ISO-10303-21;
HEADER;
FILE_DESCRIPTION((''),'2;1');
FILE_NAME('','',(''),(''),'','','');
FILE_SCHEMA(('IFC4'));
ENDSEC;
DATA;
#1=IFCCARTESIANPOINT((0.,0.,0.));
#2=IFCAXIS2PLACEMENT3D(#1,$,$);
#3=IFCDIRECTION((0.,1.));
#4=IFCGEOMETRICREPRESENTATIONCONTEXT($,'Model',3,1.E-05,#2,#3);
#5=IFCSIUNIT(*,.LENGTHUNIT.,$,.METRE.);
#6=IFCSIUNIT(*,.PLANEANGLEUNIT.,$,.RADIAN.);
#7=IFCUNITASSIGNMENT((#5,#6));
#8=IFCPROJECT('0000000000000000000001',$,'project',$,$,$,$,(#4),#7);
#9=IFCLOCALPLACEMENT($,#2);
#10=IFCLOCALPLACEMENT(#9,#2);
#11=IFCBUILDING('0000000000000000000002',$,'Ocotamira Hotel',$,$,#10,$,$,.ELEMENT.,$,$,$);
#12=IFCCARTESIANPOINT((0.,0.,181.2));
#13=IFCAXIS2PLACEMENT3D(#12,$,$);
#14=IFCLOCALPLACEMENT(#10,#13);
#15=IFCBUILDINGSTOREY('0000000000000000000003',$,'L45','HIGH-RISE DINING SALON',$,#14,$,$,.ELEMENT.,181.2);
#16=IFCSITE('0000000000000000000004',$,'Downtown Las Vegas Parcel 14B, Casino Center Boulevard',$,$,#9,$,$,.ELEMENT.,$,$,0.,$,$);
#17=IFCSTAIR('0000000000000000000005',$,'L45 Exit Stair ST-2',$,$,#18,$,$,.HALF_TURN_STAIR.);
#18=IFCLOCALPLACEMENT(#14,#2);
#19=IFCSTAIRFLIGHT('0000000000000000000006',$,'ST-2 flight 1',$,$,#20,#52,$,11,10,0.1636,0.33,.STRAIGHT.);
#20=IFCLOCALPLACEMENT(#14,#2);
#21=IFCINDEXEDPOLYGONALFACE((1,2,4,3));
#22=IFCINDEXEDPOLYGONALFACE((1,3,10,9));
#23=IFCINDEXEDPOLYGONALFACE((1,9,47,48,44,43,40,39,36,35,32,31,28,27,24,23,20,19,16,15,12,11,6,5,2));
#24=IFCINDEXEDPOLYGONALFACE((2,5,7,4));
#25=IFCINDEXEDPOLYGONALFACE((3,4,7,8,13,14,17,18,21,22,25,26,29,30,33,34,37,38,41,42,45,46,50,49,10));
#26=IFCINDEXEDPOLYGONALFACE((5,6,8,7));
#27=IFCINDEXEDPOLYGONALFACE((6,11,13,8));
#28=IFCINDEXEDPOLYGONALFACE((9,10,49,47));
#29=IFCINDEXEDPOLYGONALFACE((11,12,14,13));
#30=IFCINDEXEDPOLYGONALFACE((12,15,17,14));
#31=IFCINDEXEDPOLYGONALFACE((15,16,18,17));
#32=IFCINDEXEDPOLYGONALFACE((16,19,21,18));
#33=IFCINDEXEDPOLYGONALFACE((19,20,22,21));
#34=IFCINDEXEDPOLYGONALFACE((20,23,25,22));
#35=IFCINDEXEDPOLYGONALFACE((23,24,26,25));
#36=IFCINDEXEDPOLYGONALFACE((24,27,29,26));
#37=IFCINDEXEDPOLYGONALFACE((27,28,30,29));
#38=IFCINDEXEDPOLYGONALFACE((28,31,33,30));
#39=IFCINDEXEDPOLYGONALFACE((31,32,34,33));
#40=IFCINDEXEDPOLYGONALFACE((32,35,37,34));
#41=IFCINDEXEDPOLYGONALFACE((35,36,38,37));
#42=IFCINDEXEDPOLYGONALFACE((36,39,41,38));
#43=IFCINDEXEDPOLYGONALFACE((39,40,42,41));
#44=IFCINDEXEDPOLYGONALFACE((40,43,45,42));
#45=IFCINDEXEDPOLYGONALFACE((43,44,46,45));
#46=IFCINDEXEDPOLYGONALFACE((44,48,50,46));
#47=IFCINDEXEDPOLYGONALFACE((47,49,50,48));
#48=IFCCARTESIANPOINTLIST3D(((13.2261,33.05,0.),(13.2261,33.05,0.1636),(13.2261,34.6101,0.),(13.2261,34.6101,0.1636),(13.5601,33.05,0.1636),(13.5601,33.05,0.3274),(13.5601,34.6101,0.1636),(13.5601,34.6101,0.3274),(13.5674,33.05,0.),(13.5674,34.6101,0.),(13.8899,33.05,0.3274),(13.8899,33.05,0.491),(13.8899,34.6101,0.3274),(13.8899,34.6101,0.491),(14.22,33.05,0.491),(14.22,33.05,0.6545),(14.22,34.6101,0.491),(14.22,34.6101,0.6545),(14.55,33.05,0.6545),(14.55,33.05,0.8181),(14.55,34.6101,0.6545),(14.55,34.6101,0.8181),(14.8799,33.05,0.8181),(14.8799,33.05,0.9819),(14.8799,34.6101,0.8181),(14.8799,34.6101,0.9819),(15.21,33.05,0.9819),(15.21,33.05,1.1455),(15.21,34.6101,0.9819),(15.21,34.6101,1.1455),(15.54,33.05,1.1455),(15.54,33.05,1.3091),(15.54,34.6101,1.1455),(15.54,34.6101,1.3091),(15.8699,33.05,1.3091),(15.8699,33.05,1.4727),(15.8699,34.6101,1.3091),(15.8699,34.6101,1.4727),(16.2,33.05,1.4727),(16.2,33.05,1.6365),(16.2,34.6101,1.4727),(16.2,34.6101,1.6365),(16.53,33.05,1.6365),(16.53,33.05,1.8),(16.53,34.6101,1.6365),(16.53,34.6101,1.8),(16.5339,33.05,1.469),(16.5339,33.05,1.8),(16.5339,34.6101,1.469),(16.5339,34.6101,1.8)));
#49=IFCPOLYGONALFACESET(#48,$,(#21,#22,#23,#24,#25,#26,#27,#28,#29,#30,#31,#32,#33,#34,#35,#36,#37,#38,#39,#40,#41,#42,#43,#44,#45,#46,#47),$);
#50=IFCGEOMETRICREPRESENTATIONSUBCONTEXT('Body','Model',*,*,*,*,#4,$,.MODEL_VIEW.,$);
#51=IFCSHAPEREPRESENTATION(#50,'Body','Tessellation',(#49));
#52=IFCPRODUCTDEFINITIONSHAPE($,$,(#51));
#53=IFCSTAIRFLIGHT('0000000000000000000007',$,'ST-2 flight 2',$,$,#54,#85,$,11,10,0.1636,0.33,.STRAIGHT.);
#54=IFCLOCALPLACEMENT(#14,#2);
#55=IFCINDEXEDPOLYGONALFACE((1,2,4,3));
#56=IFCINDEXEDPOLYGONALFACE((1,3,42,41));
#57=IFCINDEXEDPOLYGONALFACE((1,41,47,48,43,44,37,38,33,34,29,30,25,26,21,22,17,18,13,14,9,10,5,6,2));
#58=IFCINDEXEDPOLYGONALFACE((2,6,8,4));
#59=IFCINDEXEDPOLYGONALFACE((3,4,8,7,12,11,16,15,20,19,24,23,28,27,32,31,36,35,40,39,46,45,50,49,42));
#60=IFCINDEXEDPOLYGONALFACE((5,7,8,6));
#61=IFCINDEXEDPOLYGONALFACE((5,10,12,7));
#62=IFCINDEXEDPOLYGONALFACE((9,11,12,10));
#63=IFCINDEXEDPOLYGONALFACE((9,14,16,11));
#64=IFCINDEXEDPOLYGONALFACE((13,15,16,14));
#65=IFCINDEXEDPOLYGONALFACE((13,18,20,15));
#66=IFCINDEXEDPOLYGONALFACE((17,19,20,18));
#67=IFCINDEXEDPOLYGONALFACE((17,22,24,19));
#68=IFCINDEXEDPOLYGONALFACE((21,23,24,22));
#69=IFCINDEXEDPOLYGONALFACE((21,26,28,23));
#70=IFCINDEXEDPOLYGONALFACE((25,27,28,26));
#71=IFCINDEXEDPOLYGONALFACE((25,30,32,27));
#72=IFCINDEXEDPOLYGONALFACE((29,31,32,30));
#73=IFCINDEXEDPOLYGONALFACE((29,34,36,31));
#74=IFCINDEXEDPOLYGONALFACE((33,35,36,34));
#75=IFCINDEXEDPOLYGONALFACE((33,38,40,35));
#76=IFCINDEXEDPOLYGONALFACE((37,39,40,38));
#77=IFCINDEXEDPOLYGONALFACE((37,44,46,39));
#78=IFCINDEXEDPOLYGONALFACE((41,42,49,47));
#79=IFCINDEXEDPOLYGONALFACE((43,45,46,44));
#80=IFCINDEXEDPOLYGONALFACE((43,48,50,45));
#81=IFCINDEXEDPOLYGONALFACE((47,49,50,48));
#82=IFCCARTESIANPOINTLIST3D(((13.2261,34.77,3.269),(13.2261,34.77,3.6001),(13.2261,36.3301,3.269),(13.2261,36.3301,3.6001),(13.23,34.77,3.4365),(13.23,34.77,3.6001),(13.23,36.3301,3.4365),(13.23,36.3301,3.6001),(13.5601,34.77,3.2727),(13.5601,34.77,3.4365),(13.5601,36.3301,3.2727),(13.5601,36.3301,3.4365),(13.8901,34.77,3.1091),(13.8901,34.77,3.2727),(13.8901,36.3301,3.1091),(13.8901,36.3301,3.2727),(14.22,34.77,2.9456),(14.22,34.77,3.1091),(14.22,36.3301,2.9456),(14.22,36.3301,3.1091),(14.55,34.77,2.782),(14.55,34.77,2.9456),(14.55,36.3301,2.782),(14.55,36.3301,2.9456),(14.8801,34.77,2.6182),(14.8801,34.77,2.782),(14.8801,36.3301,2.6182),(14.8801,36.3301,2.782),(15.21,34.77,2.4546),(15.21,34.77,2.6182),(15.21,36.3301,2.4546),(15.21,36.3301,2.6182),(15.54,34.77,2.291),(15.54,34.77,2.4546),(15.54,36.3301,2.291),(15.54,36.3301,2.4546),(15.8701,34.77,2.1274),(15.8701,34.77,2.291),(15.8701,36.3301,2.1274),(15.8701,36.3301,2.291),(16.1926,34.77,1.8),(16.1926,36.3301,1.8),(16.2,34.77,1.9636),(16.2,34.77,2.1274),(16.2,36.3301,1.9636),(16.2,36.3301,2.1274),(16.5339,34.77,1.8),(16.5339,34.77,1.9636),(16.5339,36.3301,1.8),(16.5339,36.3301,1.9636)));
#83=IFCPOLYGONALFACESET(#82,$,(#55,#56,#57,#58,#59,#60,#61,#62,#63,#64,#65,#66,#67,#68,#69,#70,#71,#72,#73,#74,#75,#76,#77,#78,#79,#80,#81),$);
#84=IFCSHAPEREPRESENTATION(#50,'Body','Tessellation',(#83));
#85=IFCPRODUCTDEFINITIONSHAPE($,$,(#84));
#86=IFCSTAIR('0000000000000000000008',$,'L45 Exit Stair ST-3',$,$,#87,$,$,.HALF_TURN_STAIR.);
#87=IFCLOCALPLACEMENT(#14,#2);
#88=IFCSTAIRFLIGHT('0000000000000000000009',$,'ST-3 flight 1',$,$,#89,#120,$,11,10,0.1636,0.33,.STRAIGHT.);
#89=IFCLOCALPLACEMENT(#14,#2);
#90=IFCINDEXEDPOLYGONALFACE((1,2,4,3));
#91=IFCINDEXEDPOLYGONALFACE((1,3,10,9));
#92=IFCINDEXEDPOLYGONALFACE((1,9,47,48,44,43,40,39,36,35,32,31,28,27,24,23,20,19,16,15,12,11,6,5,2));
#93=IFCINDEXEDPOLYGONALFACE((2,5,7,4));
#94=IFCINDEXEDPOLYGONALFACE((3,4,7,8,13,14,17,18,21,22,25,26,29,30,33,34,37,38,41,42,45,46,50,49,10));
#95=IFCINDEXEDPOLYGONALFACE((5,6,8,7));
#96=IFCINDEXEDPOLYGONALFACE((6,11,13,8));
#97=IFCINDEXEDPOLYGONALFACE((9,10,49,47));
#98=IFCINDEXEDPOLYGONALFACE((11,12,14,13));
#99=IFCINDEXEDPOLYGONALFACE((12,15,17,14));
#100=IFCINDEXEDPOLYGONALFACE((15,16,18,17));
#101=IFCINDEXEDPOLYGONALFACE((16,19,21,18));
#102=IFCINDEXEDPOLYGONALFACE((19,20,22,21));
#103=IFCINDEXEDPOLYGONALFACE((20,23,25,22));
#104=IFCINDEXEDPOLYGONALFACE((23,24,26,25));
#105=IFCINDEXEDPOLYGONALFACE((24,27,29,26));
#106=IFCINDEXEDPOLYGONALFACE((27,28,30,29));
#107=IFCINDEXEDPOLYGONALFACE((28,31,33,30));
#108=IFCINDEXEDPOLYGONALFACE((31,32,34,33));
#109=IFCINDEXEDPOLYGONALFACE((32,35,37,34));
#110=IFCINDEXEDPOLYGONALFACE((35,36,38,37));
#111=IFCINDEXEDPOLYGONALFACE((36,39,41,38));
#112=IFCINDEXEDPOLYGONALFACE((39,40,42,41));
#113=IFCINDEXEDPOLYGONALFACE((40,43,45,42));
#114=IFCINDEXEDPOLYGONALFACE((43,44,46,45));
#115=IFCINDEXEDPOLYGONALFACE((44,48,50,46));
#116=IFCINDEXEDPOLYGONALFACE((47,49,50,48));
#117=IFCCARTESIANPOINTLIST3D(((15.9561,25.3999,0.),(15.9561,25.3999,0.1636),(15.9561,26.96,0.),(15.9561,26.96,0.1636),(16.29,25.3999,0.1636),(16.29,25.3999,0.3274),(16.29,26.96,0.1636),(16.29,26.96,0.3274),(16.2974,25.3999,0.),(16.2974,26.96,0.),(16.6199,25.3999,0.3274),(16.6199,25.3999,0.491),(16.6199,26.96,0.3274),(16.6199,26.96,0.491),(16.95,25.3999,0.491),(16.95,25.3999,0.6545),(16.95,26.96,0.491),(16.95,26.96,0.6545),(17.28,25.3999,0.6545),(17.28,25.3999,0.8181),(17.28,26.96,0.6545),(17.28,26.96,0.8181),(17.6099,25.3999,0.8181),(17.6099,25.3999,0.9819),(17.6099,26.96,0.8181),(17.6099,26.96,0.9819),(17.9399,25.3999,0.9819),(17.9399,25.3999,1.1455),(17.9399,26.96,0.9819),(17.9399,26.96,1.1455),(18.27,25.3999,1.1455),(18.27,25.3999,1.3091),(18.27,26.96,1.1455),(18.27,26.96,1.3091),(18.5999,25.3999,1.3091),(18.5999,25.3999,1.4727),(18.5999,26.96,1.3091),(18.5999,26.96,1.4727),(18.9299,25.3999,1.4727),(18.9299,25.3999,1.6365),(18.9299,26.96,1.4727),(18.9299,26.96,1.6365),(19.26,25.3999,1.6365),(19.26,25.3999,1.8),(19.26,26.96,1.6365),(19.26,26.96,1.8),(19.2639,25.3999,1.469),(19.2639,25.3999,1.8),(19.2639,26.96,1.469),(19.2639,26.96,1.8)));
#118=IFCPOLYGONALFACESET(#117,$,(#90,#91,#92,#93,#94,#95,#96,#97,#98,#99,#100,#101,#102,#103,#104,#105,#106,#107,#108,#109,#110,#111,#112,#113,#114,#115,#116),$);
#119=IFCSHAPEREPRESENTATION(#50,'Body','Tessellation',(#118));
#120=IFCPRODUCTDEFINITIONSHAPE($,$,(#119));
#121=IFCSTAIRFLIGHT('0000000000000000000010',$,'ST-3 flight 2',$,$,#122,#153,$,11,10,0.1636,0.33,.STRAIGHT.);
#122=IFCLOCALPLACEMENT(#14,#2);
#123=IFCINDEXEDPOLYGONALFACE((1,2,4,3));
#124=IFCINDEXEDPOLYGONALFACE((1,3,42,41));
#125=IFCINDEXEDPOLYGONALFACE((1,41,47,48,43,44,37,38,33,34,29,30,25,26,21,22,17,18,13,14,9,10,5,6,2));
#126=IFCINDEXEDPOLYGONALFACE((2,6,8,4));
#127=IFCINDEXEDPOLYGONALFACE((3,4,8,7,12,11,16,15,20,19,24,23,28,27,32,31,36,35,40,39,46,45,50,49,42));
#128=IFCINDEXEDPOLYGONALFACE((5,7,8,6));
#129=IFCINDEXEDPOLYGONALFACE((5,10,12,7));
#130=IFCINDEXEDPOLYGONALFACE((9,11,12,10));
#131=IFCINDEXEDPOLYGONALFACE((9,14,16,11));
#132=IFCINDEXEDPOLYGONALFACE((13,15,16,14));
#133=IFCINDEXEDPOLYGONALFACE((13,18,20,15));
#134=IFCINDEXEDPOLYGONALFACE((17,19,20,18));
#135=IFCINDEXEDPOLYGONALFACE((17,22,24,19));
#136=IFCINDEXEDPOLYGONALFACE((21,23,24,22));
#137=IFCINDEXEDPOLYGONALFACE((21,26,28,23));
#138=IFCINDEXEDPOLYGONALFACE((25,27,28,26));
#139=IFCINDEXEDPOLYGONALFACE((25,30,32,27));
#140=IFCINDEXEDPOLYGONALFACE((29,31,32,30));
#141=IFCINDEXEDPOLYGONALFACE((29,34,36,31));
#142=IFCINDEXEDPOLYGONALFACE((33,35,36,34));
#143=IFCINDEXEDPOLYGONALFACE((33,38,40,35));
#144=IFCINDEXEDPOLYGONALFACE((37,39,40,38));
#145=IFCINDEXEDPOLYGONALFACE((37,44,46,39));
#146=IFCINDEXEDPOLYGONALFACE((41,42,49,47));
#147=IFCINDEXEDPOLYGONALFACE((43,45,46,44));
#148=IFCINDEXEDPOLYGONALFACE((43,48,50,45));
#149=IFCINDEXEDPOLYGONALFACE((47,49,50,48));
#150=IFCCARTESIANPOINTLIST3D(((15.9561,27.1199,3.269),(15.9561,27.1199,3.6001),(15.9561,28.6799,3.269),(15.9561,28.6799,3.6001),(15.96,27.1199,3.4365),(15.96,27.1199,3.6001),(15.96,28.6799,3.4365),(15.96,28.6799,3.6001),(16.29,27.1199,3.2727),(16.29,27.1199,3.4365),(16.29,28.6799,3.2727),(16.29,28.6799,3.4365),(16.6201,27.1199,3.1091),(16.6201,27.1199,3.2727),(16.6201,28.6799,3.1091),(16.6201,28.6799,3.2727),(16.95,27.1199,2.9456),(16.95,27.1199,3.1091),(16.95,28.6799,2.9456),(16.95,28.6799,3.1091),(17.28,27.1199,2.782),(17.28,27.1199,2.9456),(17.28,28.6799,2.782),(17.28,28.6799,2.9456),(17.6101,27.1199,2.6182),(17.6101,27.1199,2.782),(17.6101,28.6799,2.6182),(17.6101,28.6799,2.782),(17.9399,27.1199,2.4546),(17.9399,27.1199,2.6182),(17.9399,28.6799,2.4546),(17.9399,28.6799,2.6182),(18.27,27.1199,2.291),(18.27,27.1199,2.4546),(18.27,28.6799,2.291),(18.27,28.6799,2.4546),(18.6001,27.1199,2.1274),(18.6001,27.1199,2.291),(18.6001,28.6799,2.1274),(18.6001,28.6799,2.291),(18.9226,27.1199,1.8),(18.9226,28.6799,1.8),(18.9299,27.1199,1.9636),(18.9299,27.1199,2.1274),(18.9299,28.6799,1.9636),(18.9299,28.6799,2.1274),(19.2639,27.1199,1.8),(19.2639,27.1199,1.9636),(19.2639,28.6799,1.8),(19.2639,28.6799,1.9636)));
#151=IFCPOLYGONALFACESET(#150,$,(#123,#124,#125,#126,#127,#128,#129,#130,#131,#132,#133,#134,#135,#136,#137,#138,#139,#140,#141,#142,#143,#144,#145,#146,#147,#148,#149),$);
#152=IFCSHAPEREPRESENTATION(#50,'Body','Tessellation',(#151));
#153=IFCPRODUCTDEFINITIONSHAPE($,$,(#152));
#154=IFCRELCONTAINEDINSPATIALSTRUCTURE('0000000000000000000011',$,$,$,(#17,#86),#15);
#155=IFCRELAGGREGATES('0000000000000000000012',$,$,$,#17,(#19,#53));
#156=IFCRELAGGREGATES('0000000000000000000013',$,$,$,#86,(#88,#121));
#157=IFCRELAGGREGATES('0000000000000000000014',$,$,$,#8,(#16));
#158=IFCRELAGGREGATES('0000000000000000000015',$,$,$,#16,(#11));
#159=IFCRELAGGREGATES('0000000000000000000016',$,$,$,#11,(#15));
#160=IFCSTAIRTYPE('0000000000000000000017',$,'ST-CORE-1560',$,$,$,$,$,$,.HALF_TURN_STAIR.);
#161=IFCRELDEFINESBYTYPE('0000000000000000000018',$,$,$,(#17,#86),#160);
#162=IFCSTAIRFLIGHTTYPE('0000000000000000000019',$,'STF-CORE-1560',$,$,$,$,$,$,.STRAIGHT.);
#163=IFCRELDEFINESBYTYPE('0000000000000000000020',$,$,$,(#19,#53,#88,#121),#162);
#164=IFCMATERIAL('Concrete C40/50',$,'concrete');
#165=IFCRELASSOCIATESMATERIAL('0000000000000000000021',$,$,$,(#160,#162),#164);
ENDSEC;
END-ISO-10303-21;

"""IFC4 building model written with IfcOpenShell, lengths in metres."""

from ifc_helpers import new_model, si_unit, direction, frame, origin, place, context, subcontext, project, spatial, polyline, outline, extrude, source, transform, mapped, material, type_object, element, aggregate, save


model = new_model("IFC4")

# Units and contexts
model_context = context("Model", 3, precision=1e-05, world=origin(), true_north=direction((0.0, 1.0)))
body_context = subcontext(model_context, "Body", "Model", "MODEL_VIEW")
ifc_project = project(units=[si_unit("LENGTHUNIT", "METRE"), si_unit("PLANEANGLEUNIT", "RADIAN")], contexts=[model_context])

# Site, building, storey
site_placement = place(None, origin())
site = spatial("IfcSite", under=ifc_project, at=site_placement, Name="Downtown Las Vegas Parcel 14B, Casino Center Boulevard", CompositionType="ELEMENT", RefElevation=0.0)
building_placement = place(site_placement, origin())
building = spatial("IfcBuilding", under=site, at=building_placement, Name="Ocotamira Hotel", CompositionType="ELEMENT")
storey_placement = place(building_placement, frame((0.0, 0.0, 181.2)))
storey = spatial("IfcBuildingStorey", under=building, at=storey_placement, Name="L45", Description="HIGH-RISE DINING SALON", CompositionType="ELEMENT", Elevation=181.2)

# Stairs, stair flights
ifc_material_1 = material(Name="Concrete C40/50", Category="concrete")
stair_type = type_object("IfcStairType", Name="ST-CORE-1560", PredefinedType="HALF_TURN_STAIR", material=ifc_material_1)
stair_1_placement = place(storey_placement, origin())
stair_1 = element("IfcStair", 1, at=stair_1_placement, inside=storey, type_object=stair_type, Name="L45 Exit Stair ST-2", PredefinedType="HALF_TURN_STAIR")
stair_flight_type = type_object("IfcStairFlightType", Name="STF-CORE-1560", PredefinedType="STRAIGHT", material=ifc_material_1)
shared_shape_1 = source(origin(), body_context, "Body", "SweptSolid", [
    extrude(outline(polyline([(-0.0039, 0.0), (-0.0039, 0.1636), (0.3301, 0.1636), (0.3301, 0.3274), (0.6599, 0.3274), (0.6599, 0.491), (0.99, 0.491), (0.99, 0.6545), (1.3201, 0.6545), (1.3201, 0.8181), (1.6499, 0.8181), (1.6499, 0.9819), (1.98, 0.9819), (1.98, 1.1455), (2.3101, 1.1455), (2.3101, 1.3091), (2.6399, 1.3091), (2.6399, 1.4727), (2.97, 1.4727), (2.97, 1.6365), (3.3, 1.6365), (3.3, 1.8), (3.304, 1.8), (3.304, 1.469), (0.3374, 0.0), (-0.0039, 0.0)])), frame((0.0, 0.78, 0.0), z_axis=(0.0, -1.0, 0.0), x_axis=(1.0, 0.0, 0.0)), (0.0, 0.0, 1.0), 1.5601),
])
stair_flight_1_placement = place(storey_placement, frame((13.23, 33.8301, 0.0), z_axis=(0.0, 0.0, 1.0), x_axis=(1.0, 0.0, 0.0)))
stair_flight_1 = element("IfcStairFlight", 2, at=stair_flight_1_placement, type_object=stair_flight_type, Name="ST-2 flight 1", NumberOfRisers=11, NumberOfTreads=10, PredefinedType="STRAIGHT", RiserHeight=0.1636, TreadLength=0.33, context=body_context, shape_type="MappedRepresentation", body=[
    mapped(shared_shape_1, transform((0.0, 0.0, 0.0), scale=1.0)),
])
stair_flight_2_placement = place(storey_placement, frame((16.53, 35.55, 1.8), z_axis=(0.0, 0.0, 1.0), x_axis=(-1.0, 0.0, 0.0)))
stair_flight_2 = element("IfcStairFlight", 3, at=stair_flight_2_placement, type_object=stair_flight_type, Name="ST-2 flight 2", NumberOfRisers=11, NumberOfTreads=10, PredefinedType="STRAIGHT", RiserHeight=0.1636, TreadLength=0.33, context=body_context, shape_type="MappedRepresentation", body=[
    mapped(shared_shape_1, transform((0.0, 0.0, 0.0), scale=1.0)),
])
aggregate(stair_1, [stair_flight_1, stair_flight_2])
stair_2_placement = place(storey_placement, origin())
stair_2 = element("IfcStair", 4, at=stair_2_placement, inside=storey, type_object=stair_type, Name="L45 Exit Stair ST-3", PredefinedType="HALF_TURN_STAIR")
stair_flight_3_placement = place(storey_placement, frame((15.96, 26.1799, 0.0), z_axis=(0.0, 0.0, 1.0), x_axis=(1.0, 0.0, 0.0)))
stair_flight_3 = element("IfcStairFlight", 5, at=stair_flight_3_placement, type_object=stair_flight_type, Name="ST-3 flight 1", NumberOfRisers=11, NumberOfTreads=10, PredefinedType="STRAIGHT", RiserHeight=0.1636, TreadLength=0.33, context=body_context, shape_type="MappedRepresentation", body=[
    mapped(shared_shape_1, transform((0.0, 0.0, 0.0), scale=1.0)),
])
stair_flight_4_placement = place(storey_placement, frame((19.26, 27.8999, 1.8), z_axis=(0.0, 0.0, 1.0), x_axis=(-1.0, 0.0, 0.0)))
stair_flight_4 = element("IfcStairFlight", 6, at=stair_flight_4_placement, type_object=stair_flight_type, Name="ST-3 flight 2", NumberOfRisers=11, NumberOfTreads=10, PredefinedType="STRAIGHT", RiserHeight=0.1636, TreadLength=0.33, context=body_context, shape_type="MappedRepresentation", body=[
    mapped(shared_shape_1, transform((0.0, 0.0, 0.0), scale=1.0)),
])
aggregate(stair_2, [stair_flight_3, stair_flight_4])

save(model, "model.ifc")
